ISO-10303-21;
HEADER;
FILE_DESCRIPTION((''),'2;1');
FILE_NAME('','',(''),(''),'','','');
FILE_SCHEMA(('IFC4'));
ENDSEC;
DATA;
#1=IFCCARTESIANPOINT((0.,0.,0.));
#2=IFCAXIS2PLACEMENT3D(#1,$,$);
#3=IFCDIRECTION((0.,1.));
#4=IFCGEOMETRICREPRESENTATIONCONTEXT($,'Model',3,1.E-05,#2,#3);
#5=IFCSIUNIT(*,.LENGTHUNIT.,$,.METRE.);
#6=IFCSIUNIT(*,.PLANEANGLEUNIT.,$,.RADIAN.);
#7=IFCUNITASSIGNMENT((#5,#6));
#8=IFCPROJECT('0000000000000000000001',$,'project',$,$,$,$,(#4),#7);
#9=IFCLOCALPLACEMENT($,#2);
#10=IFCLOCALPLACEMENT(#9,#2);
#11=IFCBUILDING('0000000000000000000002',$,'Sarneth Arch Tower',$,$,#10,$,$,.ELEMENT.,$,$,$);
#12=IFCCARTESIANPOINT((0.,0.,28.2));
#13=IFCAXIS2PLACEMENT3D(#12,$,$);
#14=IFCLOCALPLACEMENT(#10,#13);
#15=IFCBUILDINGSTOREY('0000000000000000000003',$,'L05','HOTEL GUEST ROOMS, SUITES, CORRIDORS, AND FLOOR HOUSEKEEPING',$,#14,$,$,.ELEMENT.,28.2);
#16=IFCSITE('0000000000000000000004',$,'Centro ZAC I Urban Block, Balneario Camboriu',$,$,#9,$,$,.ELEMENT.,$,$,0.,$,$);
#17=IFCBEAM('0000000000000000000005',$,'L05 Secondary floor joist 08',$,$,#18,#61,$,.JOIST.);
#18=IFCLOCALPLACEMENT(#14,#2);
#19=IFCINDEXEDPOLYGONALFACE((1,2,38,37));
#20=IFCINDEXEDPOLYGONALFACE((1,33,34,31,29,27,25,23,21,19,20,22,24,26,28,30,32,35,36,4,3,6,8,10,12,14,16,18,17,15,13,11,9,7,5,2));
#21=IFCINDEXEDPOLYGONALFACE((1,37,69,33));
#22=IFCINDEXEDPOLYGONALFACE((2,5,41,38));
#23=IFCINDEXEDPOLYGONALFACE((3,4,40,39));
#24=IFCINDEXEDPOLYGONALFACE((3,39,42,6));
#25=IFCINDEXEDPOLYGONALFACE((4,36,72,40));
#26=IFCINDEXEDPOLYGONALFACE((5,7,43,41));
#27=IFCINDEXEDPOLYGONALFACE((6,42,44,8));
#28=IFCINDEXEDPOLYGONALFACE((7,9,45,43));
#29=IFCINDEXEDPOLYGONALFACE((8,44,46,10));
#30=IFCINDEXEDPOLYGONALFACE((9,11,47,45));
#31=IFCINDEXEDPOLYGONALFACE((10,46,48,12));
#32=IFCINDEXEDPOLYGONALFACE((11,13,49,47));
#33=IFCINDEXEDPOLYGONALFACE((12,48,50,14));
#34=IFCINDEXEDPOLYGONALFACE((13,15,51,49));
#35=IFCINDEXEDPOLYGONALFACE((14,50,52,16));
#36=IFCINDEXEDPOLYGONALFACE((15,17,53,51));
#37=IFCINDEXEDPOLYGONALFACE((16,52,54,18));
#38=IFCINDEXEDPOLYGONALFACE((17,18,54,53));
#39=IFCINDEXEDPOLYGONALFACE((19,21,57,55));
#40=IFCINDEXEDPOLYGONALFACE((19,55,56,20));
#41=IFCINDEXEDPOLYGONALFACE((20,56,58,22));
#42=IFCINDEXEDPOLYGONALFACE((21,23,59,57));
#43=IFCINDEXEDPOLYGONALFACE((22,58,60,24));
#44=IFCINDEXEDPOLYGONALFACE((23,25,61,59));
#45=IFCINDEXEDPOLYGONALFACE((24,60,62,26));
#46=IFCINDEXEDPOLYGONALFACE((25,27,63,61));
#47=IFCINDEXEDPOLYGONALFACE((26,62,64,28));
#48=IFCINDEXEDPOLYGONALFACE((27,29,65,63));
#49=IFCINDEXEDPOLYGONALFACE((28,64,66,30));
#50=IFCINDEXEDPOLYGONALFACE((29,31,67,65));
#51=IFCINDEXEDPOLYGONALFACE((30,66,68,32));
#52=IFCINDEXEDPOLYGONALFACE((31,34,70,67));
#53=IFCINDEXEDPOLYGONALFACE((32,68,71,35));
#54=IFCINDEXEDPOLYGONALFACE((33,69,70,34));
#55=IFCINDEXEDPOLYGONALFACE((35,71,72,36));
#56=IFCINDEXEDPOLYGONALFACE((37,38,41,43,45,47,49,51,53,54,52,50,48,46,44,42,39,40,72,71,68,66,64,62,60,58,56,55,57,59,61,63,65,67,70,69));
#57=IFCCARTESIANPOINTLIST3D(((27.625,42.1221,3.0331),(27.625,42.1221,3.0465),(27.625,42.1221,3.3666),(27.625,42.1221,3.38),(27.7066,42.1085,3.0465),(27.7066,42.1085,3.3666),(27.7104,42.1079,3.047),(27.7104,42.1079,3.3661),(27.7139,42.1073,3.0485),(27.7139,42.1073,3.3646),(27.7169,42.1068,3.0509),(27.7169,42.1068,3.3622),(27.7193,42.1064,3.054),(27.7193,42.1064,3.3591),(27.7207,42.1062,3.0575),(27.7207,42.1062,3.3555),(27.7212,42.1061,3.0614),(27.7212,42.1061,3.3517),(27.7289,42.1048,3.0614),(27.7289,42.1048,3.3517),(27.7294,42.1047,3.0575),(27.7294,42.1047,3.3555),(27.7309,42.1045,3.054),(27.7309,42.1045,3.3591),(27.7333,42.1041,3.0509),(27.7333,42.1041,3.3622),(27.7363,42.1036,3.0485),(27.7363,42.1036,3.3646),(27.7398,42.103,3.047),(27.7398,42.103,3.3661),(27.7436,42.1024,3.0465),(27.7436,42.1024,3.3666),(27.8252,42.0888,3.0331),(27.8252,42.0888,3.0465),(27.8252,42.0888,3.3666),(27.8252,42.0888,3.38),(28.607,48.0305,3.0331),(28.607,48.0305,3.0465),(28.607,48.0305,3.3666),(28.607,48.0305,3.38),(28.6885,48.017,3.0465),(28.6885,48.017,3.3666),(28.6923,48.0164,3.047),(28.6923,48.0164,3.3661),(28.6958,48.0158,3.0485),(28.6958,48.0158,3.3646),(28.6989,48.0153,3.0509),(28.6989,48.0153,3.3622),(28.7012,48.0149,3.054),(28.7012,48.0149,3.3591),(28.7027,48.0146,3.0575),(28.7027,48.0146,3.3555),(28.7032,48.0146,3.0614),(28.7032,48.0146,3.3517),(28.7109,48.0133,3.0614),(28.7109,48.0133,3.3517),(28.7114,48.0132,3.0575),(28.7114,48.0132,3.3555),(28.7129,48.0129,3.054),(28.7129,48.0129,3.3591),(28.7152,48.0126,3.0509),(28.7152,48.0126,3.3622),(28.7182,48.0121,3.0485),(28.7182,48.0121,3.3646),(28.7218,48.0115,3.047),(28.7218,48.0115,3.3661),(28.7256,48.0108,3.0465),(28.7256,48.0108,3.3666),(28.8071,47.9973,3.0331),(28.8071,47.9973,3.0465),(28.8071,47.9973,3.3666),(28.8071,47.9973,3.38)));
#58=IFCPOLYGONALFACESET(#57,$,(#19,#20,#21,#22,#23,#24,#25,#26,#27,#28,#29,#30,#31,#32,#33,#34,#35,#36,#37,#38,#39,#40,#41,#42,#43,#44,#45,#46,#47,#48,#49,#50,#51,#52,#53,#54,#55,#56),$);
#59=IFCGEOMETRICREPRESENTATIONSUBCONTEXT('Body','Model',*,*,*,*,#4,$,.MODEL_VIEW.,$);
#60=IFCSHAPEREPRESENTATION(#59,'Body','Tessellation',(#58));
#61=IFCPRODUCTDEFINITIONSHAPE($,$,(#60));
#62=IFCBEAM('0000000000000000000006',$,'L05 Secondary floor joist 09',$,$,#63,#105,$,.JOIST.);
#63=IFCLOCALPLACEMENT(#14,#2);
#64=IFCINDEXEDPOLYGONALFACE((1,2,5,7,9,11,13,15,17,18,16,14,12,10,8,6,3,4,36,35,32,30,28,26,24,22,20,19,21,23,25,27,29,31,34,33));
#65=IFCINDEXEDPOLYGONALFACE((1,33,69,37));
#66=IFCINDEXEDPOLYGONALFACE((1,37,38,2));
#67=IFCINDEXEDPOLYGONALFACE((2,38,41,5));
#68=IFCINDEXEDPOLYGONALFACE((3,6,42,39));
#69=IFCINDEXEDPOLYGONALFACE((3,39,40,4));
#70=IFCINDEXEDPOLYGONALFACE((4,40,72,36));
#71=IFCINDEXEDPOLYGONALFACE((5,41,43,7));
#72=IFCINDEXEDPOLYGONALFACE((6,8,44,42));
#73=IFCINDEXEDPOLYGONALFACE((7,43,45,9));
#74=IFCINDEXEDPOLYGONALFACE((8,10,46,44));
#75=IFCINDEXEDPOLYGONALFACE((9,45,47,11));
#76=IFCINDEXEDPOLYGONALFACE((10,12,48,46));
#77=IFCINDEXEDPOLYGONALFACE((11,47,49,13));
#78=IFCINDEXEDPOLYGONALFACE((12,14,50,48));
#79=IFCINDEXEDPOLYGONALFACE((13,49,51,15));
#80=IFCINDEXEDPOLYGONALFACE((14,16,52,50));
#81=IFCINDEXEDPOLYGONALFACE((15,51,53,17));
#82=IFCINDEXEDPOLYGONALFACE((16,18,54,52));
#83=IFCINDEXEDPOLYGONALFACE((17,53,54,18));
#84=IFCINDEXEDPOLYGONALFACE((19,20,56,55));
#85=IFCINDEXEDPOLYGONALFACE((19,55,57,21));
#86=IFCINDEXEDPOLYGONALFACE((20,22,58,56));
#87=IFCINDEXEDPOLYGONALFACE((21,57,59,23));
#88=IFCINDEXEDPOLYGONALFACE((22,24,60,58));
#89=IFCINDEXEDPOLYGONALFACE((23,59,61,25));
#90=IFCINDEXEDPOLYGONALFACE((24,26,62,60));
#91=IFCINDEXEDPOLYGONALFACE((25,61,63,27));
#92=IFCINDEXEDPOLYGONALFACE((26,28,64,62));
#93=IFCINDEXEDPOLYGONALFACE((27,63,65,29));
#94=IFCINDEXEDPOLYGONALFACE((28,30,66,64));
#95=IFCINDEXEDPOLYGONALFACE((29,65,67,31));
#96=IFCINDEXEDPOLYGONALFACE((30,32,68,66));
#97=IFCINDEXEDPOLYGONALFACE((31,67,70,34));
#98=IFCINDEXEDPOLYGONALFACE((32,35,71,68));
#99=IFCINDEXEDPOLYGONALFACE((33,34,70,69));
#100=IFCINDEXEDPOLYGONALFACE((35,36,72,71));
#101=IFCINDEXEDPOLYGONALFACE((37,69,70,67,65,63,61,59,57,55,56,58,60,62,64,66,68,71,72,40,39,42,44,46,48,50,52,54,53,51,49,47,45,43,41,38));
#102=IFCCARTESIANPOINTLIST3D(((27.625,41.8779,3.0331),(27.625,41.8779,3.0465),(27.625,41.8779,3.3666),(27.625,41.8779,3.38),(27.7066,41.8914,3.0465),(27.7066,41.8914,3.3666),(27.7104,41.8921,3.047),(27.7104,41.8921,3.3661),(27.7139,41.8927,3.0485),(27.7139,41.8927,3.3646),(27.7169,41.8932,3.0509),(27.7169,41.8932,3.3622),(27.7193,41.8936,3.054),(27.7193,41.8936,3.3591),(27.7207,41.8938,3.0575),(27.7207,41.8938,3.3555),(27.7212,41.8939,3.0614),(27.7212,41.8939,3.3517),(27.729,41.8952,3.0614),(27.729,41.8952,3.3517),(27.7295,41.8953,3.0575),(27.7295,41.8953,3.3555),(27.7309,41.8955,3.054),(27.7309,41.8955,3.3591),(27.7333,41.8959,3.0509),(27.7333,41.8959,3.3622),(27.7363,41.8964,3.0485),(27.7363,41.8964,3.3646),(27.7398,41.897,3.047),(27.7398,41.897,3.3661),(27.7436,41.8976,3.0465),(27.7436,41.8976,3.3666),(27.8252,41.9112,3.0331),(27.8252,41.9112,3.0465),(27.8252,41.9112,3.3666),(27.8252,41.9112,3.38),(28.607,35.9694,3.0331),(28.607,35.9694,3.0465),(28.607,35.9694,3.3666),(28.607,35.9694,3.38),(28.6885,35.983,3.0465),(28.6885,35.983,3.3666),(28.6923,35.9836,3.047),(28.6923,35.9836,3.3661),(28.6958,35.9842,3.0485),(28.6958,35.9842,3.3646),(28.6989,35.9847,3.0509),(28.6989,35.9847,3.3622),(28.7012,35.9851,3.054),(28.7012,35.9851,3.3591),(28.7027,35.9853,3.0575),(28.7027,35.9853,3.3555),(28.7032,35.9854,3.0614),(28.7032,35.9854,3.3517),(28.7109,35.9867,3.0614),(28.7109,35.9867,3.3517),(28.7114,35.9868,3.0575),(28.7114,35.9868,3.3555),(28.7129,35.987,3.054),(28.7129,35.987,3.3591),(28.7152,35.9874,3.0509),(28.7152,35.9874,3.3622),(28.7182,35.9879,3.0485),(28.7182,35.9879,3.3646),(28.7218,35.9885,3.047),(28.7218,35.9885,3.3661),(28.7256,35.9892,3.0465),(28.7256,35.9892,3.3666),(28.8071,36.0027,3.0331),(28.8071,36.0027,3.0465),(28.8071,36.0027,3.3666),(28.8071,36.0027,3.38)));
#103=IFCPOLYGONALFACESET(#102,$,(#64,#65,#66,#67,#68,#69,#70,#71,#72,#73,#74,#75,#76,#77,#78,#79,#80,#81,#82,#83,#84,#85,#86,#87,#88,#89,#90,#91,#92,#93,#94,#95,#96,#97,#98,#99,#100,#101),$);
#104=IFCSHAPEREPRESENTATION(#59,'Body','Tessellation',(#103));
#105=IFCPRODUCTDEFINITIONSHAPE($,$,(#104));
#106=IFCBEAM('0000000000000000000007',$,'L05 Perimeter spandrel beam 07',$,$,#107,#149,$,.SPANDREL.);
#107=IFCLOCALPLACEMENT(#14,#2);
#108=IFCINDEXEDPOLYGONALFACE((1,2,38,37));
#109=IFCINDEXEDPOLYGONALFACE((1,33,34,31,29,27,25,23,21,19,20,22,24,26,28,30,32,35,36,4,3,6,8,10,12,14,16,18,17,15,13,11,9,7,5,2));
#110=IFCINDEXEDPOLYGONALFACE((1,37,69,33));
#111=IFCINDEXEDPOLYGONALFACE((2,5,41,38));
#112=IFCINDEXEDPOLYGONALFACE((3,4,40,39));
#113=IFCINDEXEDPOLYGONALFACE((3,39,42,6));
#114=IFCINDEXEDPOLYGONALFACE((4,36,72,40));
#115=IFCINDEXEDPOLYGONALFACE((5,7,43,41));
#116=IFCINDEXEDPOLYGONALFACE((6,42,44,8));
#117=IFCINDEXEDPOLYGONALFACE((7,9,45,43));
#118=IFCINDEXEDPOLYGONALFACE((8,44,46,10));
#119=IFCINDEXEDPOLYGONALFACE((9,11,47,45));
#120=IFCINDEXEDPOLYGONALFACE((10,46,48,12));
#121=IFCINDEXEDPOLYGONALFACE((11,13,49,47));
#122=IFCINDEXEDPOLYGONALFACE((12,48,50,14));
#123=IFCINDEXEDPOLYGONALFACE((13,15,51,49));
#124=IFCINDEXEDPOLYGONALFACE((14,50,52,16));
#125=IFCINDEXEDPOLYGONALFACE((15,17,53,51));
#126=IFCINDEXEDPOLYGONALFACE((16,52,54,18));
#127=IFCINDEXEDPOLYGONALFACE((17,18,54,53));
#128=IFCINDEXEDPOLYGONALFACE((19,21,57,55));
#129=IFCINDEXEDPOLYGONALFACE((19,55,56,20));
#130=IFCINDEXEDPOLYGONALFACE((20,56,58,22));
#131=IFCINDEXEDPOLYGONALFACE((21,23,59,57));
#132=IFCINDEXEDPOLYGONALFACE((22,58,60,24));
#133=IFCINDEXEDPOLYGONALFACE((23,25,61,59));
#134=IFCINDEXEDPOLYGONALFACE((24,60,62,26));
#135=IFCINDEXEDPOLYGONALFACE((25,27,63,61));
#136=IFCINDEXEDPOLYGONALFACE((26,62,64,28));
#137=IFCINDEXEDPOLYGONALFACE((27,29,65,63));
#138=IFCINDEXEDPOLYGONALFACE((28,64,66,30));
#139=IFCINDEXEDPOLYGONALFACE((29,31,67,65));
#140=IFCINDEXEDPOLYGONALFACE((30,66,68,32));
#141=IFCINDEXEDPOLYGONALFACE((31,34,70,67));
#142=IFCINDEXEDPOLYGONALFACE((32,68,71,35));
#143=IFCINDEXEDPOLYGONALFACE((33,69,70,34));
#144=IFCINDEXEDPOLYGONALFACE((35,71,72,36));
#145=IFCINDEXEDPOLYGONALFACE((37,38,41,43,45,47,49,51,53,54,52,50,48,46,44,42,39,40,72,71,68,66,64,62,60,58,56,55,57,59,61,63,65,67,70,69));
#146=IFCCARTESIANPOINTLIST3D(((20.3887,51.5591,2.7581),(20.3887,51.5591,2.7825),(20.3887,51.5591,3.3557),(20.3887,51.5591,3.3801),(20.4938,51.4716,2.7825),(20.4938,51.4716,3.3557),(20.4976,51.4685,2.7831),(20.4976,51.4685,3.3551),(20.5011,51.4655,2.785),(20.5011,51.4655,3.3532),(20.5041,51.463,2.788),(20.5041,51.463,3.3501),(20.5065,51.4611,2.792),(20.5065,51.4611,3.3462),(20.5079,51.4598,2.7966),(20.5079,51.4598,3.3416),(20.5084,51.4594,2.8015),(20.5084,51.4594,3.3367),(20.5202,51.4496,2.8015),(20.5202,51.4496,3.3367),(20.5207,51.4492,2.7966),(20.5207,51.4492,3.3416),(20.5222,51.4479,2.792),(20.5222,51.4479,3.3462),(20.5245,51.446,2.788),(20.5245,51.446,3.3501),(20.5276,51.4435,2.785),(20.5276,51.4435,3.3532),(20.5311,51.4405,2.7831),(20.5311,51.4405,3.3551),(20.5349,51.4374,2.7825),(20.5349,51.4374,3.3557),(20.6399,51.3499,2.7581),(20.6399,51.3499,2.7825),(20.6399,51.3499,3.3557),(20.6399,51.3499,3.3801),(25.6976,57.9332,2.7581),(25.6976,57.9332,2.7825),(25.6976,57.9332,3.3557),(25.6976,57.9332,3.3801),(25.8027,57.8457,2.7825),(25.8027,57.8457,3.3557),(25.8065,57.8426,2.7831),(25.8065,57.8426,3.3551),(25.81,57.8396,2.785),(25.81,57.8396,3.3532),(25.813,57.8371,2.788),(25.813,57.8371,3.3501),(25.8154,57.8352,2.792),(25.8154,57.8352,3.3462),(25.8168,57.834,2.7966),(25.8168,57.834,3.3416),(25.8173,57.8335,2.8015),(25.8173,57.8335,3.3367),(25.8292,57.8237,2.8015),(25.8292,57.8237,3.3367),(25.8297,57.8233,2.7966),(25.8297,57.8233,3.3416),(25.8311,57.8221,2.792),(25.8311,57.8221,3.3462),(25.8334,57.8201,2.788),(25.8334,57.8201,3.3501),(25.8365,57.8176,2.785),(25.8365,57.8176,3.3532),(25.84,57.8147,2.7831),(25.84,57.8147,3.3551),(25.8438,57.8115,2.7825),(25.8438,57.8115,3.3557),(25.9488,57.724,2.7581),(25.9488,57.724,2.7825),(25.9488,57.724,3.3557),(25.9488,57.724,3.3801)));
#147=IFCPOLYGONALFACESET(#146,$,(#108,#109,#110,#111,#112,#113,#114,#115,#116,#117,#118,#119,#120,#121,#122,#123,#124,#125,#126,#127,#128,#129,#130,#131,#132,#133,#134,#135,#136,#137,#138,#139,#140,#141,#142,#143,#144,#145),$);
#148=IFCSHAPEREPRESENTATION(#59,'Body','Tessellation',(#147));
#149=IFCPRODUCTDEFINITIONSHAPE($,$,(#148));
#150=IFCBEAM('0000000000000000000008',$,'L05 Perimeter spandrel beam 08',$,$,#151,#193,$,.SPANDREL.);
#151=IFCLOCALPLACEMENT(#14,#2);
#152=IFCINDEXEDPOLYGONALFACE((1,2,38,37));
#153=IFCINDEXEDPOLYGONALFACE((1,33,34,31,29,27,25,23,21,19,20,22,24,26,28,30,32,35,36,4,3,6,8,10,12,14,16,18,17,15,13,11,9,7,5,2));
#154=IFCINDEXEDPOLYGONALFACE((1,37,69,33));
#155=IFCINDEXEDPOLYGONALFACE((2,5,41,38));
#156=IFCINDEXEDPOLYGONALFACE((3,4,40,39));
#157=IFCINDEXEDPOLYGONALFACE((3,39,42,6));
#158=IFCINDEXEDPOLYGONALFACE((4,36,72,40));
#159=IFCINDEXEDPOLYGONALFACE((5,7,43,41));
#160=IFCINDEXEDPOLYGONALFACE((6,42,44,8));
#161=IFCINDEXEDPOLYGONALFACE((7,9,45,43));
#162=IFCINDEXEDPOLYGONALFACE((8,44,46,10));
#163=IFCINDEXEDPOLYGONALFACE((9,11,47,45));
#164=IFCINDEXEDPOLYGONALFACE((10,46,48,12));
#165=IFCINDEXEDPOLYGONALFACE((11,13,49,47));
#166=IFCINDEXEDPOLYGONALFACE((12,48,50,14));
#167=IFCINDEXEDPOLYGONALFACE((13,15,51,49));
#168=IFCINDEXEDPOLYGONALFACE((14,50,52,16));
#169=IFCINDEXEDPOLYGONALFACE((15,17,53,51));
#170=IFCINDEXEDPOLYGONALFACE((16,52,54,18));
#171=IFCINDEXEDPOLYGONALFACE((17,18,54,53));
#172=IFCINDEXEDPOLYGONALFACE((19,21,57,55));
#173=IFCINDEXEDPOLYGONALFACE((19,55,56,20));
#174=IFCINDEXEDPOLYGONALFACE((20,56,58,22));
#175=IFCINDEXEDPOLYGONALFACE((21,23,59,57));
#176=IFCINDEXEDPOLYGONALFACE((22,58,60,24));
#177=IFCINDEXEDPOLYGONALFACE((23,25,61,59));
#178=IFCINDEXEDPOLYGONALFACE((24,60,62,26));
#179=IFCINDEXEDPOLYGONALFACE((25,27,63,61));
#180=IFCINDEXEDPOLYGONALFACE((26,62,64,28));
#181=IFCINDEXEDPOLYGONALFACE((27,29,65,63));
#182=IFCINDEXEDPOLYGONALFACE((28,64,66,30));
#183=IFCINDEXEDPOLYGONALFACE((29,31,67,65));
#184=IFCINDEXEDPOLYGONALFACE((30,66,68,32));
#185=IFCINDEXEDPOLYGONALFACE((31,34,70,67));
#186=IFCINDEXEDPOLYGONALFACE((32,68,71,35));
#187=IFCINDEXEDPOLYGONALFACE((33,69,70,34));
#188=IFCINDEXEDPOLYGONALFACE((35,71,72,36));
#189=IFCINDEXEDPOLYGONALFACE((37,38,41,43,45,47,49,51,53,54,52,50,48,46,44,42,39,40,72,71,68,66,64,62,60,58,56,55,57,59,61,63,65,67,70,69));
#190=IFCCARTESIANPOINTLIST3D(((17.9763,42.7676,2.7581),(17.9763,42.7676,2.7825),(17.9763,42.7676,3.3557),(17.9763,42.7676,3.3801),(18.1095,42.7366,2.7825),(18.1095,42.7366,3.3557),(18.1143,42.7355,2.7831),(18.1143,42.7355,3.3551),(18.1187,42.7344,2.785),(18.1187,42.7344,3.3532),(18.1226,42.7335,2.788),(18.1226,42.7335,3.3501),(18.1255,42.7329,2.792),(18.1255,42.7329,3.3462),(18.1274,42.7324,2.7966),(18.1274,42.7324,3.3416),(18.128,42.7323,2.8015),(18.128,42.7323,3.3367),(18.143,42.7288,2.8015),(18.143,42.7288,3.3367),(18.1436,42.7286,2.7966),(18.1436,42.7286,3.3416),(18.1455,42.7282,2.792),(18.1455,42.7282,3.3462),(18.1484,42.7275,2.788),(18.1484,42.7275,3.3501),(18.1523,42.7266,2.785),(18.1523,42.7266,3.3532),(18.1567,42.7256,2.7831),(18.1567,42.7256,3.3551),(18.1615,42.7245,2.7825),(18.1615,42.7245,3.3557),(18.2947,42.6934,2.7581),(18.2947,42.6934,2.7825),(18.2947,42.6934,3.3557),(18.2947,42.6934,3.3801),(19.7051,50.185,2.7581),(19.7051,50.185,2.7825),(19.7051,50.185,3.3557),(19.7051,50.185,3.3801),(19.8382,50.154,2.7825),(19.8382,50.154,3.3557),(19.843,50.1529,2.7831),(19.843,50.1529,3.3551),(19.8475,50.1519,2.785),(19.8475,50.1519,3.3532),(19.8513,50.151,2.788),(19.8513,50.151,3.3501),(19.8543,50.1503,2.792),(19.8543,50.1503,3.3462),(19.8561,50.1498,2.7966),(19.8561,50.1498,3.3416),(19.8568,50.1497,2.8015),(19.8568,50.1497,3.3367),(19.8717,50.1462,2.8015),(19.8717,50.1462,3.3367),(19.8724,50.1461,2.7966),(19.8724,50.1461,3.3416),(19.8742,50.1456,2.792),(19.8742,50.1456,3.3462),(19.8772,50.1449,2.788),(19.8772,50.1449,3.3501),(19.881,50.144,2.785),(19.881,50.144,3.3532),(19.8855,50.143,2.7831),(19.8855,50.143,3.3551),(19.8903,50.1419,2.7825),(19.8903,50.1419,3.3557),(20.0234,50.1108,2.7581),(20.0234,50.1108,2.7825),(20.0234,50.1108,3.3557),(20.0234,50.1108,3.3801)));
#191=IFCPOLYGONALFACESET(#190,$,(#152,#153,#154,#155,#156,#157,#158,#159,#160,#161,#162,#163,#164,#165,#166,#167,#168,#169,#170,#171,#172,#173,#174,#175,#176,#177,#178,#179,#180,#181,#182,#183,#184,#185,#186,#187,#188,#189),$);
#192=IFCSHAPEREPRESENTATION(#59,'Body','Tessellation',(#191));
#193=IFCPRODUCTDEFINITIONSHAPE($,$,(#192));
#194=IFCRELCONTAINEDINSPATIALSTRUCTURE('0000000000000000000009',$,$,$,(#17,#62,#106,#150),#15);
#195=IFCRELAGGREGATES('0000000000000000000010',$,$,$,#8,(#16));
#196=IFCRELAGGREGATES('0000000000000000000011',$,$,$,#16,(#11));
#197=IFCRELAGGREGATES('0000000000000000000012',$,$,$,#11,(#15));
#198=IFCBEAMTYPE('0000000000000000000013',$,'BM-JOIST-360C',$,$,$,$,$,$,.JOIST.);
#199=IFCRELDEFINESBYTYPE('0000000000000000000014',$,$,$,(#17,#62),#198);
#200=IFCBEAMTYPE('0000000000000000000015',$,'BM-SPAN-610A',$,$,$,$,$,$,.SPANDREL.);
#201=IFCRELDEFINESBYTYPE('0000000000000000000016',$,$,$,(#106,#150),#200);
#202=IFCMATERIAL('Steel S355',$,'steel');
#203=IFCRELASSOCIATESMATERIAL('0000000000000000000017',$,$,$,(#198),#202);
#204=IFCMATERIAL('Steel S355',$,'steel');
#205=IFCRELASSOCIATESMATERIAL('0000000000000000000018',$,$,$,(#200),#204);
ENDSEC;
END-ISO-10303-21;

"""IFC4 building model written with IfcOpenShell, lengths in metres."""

from ifc_helpers import new_model, si_unit, direction, frame, origin, origin_2d, place, context, subcontext, project, spatial, i_section, extrude, material, material_profile, profile_set, type_object, element, save


model = new_model("IFC4")

# Units and contexts
model_context = context("Model", 3, precision=1e-05, world=origin(), true_north=direction((0.0, 1.0)))
body_context = subcontext(model_context, "Body", "Model", "MODEL_VIEW")
ifc_project = project(units=[si_unit("LENGTHUNIT", "METRE"), si_unit("PLANEANGLEUNIT", "RADIAN")], contexts=[model_context])

# Site, building, storey
site_placement = place(None, origin())
site = spatial("IfcSite", under=ifc_project, at=site_placement, Name="Centro ZAC I Urban Block, Balneario Camboriu", CompositionType="ELEMENT", RefElevation=0.0)
building_placement = place(site_placement, origin())
building = spatial("IfcBuilding", under=site, at=building_placement, Name="Sarneth Arch Tower", CompositionType="ELEMENT")
storey_placement = place(building_placement, frame((0.0, 0.0, 28.2)))
storey = spatial("IfcBuildingStorey", under=building, at=storey_placement, Name="L05", Description="HOTEL GUEST ROOMS, SUITES, CORRIDORS, AND FLOOR HOUSEKEEPING", CompositionType="ELEMENT", Elevation=28.2)

# Beams
ifc_material_1 = material(Name="Steel S355", Category="steel")
ifc_material_profile_1 = material_profile(ifc_material_1, i_section(OverallWidth=0.2029, OverallDepth=0.3469, WebThickness=0.0078, FlangeThickness=0.0134, FilletRadius=0.0149, at=origin_2d()), Name="W360x64")
ifc_profile_set_1 = profile_set([ifc_material_profile_1], Name="Steel S355")
beam_type_1 = type_object("IfcBeamType", Name="BM-JOIST-360C", PredefinedType="JOIST", material=ifc_profile_set_1)
for number, where, z_axis, x_axis, name in (
    (1, (28.707, 48.0139, 3.2065), (-0.163943, -0.98647, 0.0), (0.98647, -0.163943, 0.0), "L05 Secondary floor joist 08"),
    (2, (27.7251, 41.8945, 3.2065), (0.163943, -0.98647, 0.0), (0.98647, 0.163943, 0.0), "L05 Secondary floor joist 09"),
):
    element("IfcBeam", number, at=place(storey_placement, frame(where, z_axis=z_axis, x_axis=x_axis)), inside=storey, type_object=beam_type_1, Name=name, PredefinedType="JOIST", context=body_context, shape_type="SweptSolid", body=[
        extrude(i_section(OverallWidth=0.2029, OverallDepth=0.3469, WebThickness=0.0078, FlangeThickness=0.0134, FilletRadius=0.0149, at=origin_2d()), origin(), (0.0, 0.0, 1.0), 5.9895),
    ])
ifc_material_2 = material(Name="Steel S355", Category="steel")
ifc_material_profile_2 = material_profile(ifc_material_2, i_section(OverallWidth=0.3269, OverallDepth=0.6221, WebThickness=0.0154, FlangeThickness=0.0244, FilletRadius=0.019, at=origin_2d()), Name="W610x195")
ifc_profile_set_2 = profile_set([ifc_material_profile_2], Name="Steel S355")
beam_type_2 = type_object("IfcBeamType", Name="BM-SPAN-610A", PredefinedType="SPANDREL", material=ifc_profile_set_2)
beam_placement = place(storey_placement, frame((25.8232, 57.8286, 3.0691), z_axis=(-0.639982, -0.76839, 0.0), x_axis=(0.76839, -0.639982, 0.0)))
element("IfcBeam", 3, at=beam_placement, inside=storey, type_object=beam_type_2, Name="L05 Perimeter spandrel beam 07", PredefinedType="SPANDREL", context=body_context, shape_type="SweptSolid", body=[
    extrude(i_section(OverallWidth=0.3269, OverallDepth=0.6221, WebThickness=0.0154, FlangeThickness=0.0244, FilletRadius=0.019, at=origin_2d()), origin(), (0.0, 0.0, 1.0), 8.2954),
])
for number, where, z_axis, x_axis, name in (
    (4, (19.8643, 50.1479, 3.0691), (-0.226982, -0.973899, 0.0), (0.973899, -0.226982, 0.0), "L05 Perimeter spandrel beam 08"),
):
    element("IfcBeam", number, at=place(storey_placement, frame(where, z_axis=z_axis, x_axis=x_axis)), inside=storey, type_object=beam_type_2, Name=name, PredefinedType="SPANDREL", context=body_context, shape_type="SweptSolid", body=[
        extrude(i_section(OverallWidth=0.3269, OverallDepth=0.6221, WebThickness=0.0154, FlangeThickness=0.0244, FilletRadius=0.019, at=origin_2d()), origin(), (0.0, 0.0, 1.0), 7.6162),
    ])

save(model, "model.ifc")
